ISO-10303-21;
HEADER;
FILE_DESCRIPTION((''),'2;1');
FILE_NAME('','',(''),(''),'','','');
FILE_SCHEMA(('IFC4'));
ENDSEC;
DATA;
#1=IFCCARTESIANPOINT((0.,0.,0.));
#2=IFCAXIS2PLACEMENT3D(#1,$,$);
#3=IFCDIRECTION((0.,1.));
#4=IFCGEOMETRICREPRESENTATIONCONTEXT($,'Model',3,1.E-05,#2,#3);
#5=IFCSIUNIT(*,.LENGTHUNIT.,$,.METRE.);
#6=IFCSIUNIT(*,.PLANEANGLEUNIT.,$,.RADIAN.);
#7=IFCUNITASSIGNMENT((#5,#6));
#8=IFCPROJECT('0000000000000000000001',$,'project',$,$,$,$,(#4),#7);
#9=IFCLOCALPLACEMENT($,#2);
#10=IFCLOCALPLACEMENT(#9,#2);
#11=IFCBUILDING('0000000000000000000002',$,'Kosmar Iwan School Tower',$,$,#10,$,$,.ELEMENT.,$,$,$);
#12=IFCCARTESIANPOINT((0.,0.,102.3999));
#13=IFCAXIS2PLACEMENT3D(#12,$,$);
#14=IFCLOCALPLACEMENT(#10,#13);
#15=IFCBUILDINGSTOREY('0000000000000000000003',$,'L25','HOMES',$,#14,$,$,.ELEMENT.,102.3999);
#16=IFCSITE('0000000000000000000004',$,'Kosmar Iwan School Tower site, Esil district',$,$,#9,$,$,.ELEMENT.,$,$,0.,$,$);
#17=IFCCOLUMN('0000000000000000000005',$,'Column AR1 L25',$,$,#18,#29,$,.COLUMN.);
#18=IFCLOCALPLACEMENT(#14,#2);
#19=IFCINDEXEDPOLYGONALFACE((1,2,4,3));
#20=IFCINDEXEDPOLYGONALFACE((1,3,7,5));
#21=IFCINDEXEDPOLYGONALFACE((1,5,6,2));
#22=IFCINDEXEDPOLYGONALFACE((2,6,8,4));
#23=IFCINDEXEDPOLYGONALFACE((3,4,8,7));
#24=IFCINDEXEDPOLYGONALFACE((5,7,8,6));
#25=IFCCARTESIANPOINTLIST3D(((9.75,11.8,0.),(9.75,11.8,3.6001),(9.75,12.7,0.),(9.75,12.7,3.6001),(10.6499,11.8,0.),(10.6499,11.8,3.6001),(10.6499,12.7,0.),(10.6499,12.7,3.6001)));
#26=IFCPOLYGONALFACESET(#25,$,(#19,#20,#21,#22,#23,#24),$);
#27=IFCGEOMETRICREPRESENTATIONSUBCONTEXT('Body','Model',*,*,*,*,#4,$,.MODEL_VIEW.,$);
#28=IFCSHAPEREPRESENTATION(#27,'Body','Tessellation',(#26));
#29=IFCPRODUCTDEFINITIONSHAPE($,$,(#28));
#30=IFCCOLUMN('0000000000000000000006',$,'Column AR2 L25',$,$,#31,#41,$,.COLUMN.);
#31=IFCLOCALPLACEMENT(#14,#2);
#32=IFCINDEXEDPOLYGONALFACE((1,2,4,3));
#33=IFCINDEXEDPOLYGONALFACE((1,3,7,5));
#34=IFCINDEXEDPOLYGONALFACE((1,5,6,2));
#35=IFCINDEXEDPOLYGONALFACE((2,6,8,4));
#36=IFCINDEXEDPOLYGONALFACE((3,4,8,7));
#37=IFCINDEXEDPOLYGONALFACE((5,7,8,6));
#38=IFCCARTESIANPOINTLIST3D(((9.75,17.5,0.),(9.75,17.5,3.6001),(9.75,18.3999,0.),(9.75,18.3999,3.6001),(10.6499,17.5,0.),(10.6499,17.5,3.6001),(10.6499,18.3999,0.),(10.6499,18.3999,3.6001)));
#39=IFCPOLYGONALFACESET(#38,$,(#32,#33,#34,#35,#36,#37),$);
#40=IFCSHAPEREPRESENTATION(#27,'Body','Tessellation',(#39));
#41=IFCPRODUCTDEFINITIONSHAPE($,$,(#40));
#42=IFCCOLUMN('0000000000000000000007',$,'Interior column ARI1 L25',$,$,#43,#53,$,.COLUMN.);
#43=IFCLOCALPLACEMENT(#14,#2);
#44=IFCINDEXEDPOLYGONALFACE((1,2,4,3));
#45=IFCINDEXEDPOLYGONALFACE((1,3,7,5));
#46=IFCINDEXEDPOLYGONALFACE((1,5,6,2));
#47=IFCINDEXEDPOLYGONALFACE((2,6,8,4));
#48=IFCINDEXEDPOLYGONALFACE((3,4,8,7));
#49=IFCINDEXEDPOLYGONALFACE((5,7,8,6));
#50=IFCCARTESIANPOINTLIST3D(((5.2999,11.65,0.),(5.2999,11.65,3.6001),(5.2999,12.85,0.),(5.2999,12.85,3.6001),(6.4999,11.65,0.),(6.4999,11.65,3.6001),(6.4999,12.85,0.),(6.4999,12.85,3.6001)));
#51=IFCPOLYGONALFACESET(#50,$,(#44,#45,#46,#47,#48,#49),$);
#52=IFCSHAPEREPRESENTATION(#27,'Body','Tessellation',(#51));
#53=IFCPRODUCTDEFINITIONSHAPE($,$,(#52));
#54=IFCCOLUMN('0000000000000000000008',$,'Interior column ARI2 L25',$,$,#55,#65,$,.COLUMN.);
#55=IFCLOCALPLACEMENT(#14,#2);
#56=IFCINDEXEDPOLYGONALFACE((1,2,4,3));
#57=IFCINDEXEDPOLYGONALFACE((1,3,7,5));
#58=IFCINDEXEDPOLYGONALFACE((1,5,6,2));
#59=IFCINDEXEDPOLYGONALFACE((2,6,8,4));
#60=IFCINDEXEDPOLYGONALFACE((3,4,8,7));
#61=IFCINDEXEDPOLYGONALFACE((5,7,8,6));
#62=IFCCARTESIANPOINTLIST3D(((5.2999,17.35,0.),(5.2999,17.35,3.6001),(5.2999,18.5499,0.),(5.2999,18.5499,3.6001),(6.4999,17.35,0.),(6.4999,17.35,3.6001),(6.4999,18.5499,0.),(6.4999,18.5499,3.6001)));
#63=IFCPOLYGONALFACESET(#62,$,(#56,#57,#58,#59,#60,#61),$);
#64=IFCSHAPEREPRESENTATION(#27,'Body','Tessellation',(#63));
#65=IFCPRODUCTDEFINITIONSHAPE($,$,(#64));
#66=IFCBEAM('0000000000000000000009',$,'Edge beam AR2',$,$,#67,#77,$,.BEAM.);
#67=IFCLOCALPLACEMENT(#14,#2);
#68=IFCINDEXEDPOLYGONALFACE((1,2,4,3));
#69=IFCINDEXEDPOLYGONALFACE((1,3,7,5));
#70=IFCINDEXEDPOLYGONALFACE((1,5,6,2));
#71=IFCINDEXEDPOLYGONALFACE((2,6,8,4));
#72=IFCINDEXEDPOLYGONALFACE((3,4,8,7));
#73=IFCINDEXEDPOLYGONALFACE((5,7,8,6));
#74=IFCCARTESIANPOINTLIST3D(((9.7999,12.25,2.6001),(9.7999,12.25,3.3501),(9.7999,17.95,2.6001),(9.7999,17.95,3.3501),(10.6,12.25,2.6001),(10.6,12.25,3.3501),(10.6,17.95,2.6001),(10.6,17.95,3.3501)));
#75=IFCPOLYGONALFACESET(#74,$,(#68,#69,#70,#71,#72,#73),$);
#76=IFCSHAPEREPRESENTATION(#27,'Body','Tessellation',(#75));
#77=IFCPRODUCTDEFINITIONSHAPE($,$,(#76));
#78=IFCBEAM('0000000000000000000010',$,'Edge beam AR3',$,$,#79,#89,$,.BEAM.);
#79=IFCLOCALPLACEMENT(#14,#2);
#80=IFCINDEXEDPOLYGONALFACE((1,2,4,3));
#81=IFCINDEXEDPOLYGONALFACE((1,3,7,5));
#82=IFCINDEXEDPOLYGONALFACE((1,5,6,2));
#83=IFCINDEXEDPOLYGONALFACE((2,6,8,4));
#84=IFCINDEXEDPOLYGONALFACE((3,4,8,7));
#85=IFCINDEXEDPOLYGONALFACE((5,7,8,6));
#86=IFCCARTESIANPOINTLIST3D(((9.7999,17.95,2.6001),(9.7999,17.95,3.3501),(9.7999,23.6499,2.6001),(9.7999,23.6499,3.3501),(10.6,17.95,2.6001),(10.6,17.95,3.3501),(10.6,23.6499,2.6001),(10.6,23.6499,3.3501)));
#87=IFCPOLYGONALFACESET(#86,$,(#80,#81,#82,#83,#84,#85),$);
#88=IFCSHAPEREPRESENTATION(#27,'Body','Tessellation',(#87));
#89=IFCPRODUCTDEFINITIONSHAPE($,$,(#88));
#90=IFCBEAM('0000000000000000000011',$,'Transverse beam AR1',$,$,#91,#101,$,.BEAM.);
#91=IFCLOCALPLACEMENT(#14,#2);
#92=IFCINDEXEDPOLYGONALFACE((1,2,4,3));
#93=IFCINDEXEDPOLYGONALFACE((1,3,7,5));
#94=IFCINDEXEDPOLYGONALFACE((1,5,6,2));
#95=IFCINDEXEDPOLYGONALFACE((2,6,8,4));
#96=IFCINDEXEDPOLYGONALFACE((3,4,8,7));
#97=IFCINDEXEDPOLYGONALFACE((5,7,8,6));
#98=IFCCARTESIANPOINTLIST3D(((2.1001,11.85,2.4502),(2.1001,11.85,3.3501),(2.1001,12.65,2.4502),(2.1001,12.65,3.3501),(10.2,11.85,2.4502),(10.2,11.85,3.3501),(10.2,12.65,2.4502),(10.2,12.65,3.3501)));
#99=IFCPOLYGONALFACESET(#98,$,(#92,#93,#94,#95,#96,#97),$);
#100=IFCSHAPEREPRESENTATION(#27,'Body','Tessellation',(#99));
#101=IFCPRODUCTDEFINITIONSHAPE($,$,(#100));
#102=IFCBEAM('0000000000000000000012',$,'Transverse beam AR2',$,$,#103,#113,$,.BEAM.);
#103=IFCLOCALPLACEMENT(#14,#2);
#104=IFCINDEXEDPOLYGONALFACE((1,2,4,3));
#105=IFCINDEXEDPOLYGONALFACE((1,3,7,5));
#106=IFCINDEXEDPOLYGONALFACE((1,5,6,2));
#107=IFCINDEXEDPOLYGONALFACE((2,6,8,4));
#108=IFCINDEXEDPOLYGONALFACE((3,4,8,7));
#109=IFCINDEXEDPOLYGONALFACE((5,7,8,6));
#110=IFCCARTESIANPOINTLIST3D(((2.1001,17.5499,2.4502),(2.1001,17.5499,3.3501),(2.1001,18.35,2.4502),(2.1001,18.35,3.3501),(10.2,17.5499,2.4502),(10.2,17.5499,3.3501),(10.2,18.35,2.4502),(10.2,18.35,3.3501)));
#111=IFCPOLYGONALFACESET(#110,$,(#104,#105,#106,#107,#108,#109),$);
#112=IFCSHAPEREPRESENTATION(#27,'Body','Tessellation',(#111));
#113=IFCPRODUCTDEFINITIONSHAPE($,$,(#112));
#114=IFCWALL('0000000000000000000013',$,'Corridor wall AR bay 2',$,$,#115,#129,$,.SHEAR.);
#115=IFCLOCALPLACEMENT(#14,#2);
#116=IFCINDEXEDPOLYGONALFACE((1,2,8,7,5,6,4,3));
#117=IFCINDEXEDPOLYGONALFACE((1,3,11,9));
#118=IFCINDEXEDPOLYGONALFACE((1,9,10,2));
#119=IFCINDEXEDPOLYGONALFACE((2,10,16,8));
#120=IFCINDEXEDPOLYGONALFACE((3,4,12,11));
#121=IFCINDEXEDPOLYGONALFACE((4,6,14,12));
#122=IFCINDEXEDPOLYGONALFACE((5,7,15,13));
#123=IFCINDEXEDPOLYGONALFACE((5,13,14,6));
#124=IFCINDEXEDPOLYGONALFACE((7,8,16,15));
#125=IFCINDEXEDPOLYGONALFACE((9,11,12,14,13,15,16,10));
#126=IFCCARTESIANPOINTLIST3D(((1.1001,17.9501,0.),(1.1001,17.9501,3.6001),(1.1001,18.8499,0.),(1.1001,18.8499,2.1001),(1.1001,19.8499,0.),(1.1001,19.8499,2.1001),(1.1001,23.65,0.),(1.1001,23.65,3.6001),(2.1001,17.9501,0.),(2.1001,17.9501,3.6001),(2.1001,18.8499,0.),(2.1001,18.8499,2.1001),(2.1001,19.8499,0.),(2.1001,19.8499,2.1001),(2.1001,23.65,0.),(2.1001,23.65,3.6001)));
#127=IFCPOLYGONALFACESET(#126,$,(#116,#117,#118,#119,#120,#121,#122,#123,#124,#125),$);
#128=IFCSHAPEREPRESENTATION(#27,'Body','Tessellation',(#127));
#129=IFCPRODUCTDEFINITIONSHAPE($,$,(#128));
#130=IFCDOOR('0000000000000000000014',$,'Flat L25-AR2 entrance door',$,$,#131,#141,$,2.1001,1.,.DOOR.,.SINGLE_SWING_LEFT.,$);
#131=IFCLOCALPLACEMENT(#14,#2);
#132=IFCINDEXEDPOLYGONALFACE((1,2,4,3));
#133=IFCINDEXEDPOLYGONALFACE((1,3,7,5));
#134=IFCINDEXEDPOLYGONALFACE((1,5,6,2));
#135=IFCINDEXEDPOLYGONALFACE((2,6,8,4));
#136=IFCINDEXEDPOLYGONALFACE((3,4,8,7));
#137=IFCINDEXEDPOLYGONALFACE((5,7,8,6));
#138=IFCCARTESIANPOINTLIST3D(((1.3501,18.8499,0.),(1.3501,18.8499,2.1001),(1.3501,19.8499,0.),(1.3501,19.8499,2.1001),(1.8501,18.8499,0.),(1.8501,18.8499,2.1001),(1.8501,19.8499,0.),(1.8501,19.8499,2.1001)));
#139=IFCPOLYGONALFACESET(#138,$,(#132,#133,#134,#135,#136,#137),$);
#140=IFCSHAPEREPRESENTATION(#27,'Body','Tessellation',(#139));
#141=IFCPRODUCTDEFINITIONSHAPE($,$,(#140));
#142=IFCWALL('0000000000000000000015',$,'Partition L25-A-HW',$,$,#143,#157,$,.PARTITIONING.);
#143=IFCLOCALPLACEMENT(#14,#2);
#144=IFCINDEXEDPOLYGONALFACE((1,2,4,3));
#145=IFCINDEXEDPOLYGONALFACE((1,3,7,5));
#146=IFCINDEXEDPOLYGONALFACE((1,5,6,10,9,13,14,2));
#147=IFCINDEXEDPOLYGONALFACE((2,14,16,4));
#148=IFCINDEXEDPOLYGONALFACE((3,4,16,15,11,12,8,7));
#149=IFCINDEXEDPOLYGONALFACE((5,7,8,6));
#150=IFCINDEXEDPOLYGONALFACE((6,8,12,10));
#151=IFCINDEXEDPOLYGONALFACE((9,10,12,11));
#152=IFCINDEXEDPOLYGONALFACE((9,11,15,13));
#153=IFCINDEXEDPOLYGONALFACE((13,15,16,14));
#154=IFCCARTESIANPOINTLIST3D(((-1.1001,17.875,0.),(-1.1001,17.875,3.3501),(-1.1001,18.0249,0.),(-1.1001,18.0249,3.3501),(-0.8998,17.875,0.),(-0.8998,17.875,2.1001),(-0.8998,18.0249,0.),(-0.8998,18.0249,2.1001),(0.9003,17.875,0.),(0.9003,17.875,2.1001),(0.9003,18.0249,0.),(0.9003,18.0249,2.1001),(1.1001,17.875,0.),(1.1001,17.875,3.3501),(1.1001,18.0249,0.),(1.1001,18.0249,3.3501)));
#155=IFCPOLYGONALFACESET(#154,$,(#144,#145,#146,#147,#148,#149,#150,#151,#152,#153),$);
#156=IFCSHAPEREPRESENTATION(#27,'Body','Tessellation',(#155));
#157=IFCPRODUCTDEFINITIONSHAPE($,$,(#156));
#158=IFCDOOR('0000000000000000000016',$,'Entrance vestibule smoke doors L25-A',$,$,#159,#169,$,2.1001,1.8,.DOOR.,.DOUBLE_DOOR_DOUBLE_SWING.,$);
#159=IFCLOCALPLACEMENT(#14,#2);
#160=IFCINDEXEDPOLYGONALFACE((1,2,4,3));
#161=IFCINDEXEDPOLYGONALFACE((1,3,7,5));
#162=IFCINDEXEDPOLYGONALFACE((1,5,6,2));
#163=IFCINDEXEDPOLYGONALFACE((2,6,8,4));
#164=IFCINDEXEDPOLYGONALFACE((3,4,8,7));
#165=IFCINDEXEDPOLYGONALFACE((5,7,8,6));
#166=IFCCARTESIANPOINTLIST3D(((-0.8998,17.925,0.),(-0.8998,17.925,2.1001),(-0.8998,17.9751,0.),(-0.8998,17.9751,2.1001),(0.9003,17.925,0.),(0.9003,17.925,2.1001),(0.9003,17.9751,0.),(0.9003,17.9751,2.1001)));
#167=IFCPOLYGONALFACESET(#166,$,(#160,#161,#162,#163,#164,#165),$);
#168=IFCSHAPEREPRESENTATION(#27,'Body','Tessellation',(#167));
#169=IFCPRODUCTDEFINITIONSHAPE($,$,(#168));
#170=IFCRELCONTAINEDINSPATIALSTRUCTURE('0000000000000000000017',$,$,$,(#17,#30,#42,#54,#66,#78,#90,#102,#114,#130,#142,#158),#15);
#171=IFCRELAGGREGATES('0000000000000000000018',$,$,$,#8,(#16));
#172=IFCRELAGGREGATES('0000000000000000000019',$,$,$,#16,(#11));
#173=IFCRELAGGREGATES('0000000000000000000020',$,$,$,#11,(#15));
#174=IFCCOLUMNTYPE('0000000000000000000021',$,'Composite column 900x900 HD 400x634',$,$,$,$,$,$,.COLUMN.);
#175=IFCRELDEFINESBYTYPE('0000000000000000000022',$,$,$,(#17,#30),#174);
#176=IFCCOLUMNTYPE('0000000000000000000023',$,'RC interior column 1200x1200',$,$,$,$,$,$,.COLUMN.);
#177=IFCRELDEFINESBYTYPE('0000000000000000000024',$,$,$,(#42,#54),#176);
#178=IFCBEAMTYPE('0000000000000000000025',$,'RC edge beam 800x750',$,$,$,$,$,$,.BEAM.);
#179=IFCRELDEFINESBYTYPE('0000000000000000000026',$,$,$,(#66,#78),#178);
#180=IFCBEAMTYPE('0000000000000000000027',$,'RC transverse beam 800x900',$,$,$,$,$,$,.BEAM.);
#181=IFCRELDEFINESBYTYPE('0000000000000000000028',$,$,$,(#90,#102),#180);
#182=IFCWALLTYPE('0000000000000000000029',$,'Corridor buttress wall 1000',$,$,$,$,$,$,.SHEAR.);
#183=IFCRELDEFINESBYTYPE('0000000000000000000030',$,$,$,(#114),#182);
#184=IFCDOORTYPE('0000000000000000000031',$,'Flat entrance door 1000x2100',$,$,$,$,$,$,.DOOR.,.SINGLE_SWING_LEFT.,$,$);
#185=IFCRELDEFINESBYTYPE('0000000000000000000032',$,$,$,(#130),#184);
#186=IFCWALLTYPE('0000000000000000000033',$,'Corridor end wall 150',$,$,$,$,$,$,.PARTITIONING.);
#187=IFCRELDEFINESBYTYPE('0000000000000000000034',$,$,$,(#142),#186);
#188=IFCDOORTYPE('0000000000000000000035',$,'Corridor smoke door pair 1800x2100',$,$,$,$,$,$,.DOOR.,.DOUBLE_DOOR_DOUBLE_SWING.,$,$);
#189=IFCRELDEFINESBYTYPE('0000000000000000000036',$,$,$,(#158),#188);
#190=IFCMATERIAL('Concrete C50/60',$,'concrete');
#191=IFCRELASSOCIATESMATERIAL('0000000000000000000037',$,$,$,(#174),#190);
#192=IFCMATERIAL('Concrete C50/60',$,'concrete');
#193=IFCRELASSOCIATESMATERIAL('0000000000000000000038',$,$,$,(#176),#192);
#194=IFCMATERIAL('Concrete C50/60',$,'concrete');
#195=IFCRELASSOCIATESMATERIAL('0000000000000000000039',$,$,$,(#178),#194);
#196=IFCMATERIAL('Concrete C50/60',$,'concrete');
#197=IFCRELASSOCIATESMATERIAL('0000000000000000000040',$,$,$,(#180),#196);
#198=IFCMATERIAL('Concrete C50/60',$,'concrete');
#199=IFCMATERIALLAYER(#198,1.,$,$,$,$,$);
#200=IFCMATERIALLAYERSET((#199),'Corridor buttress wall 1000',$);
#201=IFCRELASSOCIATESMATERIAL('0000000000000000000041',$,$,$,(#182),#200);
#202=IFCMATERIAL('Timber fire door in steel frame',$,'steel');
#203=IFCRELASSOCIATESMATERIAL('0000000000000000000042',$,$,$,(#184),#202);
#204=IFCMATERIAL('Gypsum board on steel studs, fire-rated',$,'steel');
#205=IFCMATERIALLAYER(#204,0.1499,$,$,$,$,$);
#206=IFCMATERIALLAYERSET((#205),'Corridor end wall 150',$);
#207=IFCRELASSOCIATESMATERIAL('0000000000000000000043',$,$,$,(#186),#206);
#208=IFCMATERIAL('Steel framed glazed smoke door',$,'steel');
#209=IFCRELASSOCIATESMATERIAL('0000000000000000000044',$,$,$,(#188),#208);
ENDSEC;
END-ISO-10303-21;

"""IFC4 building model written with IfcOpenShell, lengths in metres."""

from ifc_helpers import new_model, si_unit, direction, frame, frame_2d, origin, origin_2d, place, context, subcontext, project, spatial, rectangle, extrude, material, layer, layer_set, material_profile, profile_set, type_object, element, fill, save


model = new_model("IFC4")

# Units and contexts
model_context = context("Model", 3, precision=1e-05, world=origin(), true_north=direction((0.0, 1.0)))
body_context = subcontext(model_context, "Body", "Model", "MODEL_VIEW")
ifc_project = project(units=[si_unit("LENGTHUNIT", "METRE"), si_unit("PLANEANGLEUNIT", "RADIAN")], contexts=[model_context])

# Site, building, storey
site_placement = place(None, origin())
site = spatial("IfcSite", under=ifc_project, at=site_placement, Name="Kosmar Iwan School Tower site, Esil district", CompositionType="ELEMENT", RefElevation=0.0)
building_placement = place(site_placement, origin())
building = spatial("IfcBuilding", under=site, at=building_placement, Name="Kosmar Iwan School Tower", CompositionType="ELEMENT")
storey_placement = place(building_placement, frame((0.0, 0.0, 102.3999)))
storey = spatial("IfcBuildingStorey", under=building, at=storey_placement, Name="L25", Description="HOMES", CompositionType="ELEMENT", Elevation=102.3999)

# Columns
ifc_material_1 = material(Name="Concrete C50/60", Category="concrete")
ifc_material_profile_1 = material_profile(ifc_material_1, rectangle(XDim=0.8999, YDim=0.8999, at=origin_2d()), Name="RC 900x900 + HD 400x634")
ifc_profile_set_1 = profile_set([ifc_material_profile_1], Name="Concrete C50/60")
column_type_1 = type_object("IfcColumnType", Name="Composite column 900x900 HD 400x634", PredefinedType="COLUMN", material=ifc_profile_set_1)
for number, where, z_axis, x_axis, name in (
    (1, (10.2, 12.25, 0.0), (0.0, 0.0, 1.0), (0.0, 1.0, 0.0), "Column AR1 L25"),
    (2, (10.2, 17.95, 0.0), (0.0, 0.0, 1.0), (0.0, 1.0, 0.0), "Column AR2 L25"),
):
    element("IfcColumn", number, at=place(storey_placement, frame(where, z_axis=z_axis, x_axis=x_axis)), inside=storey, type_object=column_type_1, Name=name, PredefinedType="COLUMN", context=body_context, shape_type="SweptSolid", body=[
        extrude(rectangle(XDim=0.8999, YDim=0.8999, at=origin_2d()), origin(), (0.0, 0.0, 1.0), 3.6001),
    ])
ifc_material_2 = material(Name="Concrete C50/60", Category="concrete")
ifc_material_profile_2 = material_profile(ifc_material_2, rectangle(XDim=1.2, YDim=1.2, at=origin_2d()), Name="RC 1200x1200")
ifc_profile_set_2 = profile_set([ifc_material_profile_2], Name="Concrete C50/60")
column_type_2 = type_object("IfcColumnType", Name="RC interior column 1200x1200", PredefinedType="COLUMN", material=ifc_profile_set_2)
for number, where, z_axis, x_axis, name in (
    (3, (5.8999, 12.25, 0.0), (0.0, 0.0, 1.0), (0.0, 1.0, 0.0), "Interior column ARI1 L25"),
    (4, (5.8999, 17.95, 0.0), (0.0, 0.0, 1.0), (0.0, 1.0, 0.0), "Interior column ARI2 L25"),
):
    element("IfcColumn", number, at=place(storey_placement, frame(where, z_axis=z_axis, x_axis=x_axis)), inside=storey, type_object=column_type_2, Name=name, PredefinedType="COLUMN", context=body_context, shape_type="SweptSolid", body=[
        extrude(rectangle(XDim=1.2, YDim=1.2, at=origin_2d()), origin(), (0.0, 0.0, 1.0), 3.6001),
    ])

# Beams
ifc_material_3 = material(Name="Concrete C50/60", Category="concrete")
ifc_material_profile_3 = material_profile(ifc_material_3, rectangle(XDim=0.8, YDim=0.75, at=origin_2d()), Name="RC 800x750")
ifc_profile_set_3 = profile_set([ifc_material_profile_3], Name="Concrete C50/60")
beam_type_1 = type_object("IfcBeamType", Name="RC edge beam 800x750", PredefinedType="BEAM", material=ifc_profile_set_3)
for number, where, z_axis, x_axis, name in (
    (5, (10.2, 12.25, 2.9751), (0.0, 1.0, 0.0), (-1.0, 0.0, 0.0), "Edge beam AR2"),
    (6, (10.2, 17.95, 2.9751), (0.0, 1.0, 0.0), (-1.0, 0.0, 0.0), "Edge beam AR3"),
):
    element("IfcBeam", number, at=place(storey_placement, frame(where, z_axis=z_axis, x_axis=x_axis)), inside=storey, type_object=beam_type_1, Name=name, PredefinedType="BEAM", context=body_context, shape_type="SweptSolid", body=[
        extrude(rectangle(XDim=0.8, YDim=0.75, at=origin_2d()), origin(), (0.0, 0.0, 1.0), 5.7),
    ])
ifc_material_4 = material(Name="Concrete C50/60", Category="concrete")
ifc_material_profile_4 = material_profile(ifc_material_4, rectangle(XDim=0.8, YDim=0.8999, at=origin_2d()), Name="RC 800x900")
ifc_profile_set_4 = profile_set([ifc_material_profile_4], Name="Concrete C50/60")
beam_type_2 = type_object("IfcBeamType", Name="RC transverse beam 800x900", PredefinedType="BEAM", material=ifc_profile_set_4)
for number, where, z_axis, x_axis, name in (
    (7, (10.2, 12.25, 2.9001), (-1.0, 0.0, 0.0), (0.0, -1.0, 0.0), "Transverse beam AR1"),
    (8, (10.2, 17.95, 2.9001), (-1.0, 0.0, 0.0), (0.0, -1.0, 0.0), "Transverse beam AR2"),
):
    element("IfcBeam", number, at=place(storey_placement, frame(where, z_axis=z_axis, x_axis=x_axis)), inside=storey, type_object=beam_type_2, Name=name, PredefinedType="BEAM", context=body_context, shape_type="SweptSolid", body=[
        extrude(rectangle(XDim=0.8, YDim=0.8999, at=origin_2d()), origin(), (0.0, 0.0, 1.0), 8.0999),
    ])

# Walls, openings, doors
ifc_material_5 = material(Name="Concrete C50/60", Category="concrete")
ifc_layer_1 = layer(ifc_material_5, 1.0)
ifc_layer_set_1 = layer_set([ifc_layer_1], Name="Corridor buttress wall 1000")
wall_type_1 = type_object("IfcWallType", Name="Corridor buttress wall 1000", PredefinedType="SHEAR", material=ifc_layer_set_1)
wall_1_placement = place(storey_placement, frame((1.6001, 17.95, 0.0), z_axis=(0.0, 0.0, 1.0), x_axis=(0.0, 1.0, 0.0)))
wall_1 = element("IfcWall", 9, at=wall_1_placement, inside=storey, type_object=wall_type_1, Name="Corridor wall AR bay 2", PredefinedType="SHEAR", context=body_context, shape_type="SweptSolid", body=[
    extrude(rectangle(XDim=5.7, YDim=1.0, at=frame_2d((2.8501, 0.0))), origin(), (0.0, 0.0, 1.0), 3.6001),
])
opening_1_placement = place(wall_1_placement, frame((0.8999, 0.0, 0.0)))
opening_1 = element("IfcOpeningElement", 10, at=opening_1_placement, cuts=wall_1, PredefinedType="OPENING", context=body_context, shape_type="SweptSolid", body=[
    extrude(rectangle(XDim=1.0, YDim=2.1001, at=frame_2d((0.5, 1.05))), frame((0.0, 0.512, 0.0), z_axis=(0.0, -1.0, 0.0), x_axis=(1.0, 0.0, 0.0)), (0.0, 0.0, 1.0), 1.0239),
])
ifc_material_6 = material(Name="Timber fire door in steel frame", Category="steel")
door_type_1 = type_object("IfcDoorType", Name="Flat entrance door 1000x2100", OperationType="SINGLE_SWING_LEFT", PredefinedType="DOOR", material=ifc_material_6)
door_1_placement = place(opening_1_placement, origin())
door_1 = element("IfcDoor", 11, at=door_1_placement, inside=storey, type_object=door_type_1, Name="Flat L25-AR2 entrance door", OperationType="SINGLE_SWING_LEFT", OverallHeight=2.1001, OverallWidth=1.0, PredefinedType="DOOR", context=body_context, shape_type="SweptSolid", body=[
    extrude(rectangle(XDim=1.0, YDim=2.1001, at=frame_2d((0.5, 1.05))), frame((0.0, 0.25, 0.0), z_axis=(0.0, -1.0, 0.0), x_axis=(1.0, 0.0, 0.0)), (0.0, 0.0, 1.0), 0.5),
])
fill(opening_1, door_1)
ifc_material_7 = material(Name="Gypsum board on steel studs, fire-rated", Category="steel")
ifc_layer_2 = layer(ifc_material_7, 0.1499)
ifc_layer_set_2 = layer_set([ifc_layer_2], Name="Corridor end wall 150")
wall_type_2 = type_object("IfcWallType", Name="Corridor end wall 150", PredefinedType="PARTITIONING", material=ifc_layer_set_2)
wall_2_placement = place(storey_placement, frame((1.1001, 17.95, 0.0), z_axis=(0.0, 0.0, 1.0), x_axis=(-1.0, 0.0, 0.0)))
wall_2 = element("IfcWall", 12, at=wall_2_placement, inside=storey, type_object=wall_type_2, Name="Partition L25-A-HW", PredefinedType="PARTITIONING", context=body_context, shape_type="SweptSolid", body=[
    extrude(rectangle(XDim=2.2002, YDim=0.1499, at=frame_2d((1.1001, 0.0))), origin(), (0.0, 0.0, 1.0), 3.3501),
])
opening_2_placement = place(wall_2_placement, frame((0.2, 0.0, 0.0)))
opening_2 = element("IfcOpeningElement", 13, at=opening_2_placement, cuts=wall_2, PredefinedType="OPENING", context=body_context, shape_type="SweptSolid", body=[
    extrude(rectangle(XDim=1.8, YDim=2.1001, at=frame_2d((0.8999, 1.05))), frame((0.0, 0.0869, 0.0), z_axis=(0.0, -1.0, 0.0), x_axis=(1.0, 0.0, 0.0)), (0.0, 0.0, 1.0), 0.1738),
])
ifc_material_8 = material(Name="Steel framed glazed smoke door", Category="steel")
door_type_2 = type_object("IfcDoorType", Name="Corridor smoke door pair 1800x2100", OperationType="DOUBLE_DOOR_DOUBLE_SWING", PredefinedType="DOOR", material=ifc_material_8)
door_2_placement = place(opening_2_placement, origin())
door_2 = element("IfcDoor", 14, at=door_2_placement, inside=storey, type_object=door_type_2, Name="Entrance vestibule smoke doors L25-A", OperationType="DOUBLE_DOOR_DOUBLE_SWING", OverallHeight=2.1001, OverallWidth=1.8, PredefinedType="DOOR", context=body_context, shape_type="SweptSolid", body=[
    extrude(rectangle(XDim=1.8, YDim=2.1001, at=frame_2d((0.8999, 1.05))), frame((0.0, 0.0249, 0.0), z_axis=(0.0, -1.0, 0.0), x_axis=(1.0, 0.0, 0.0)), (0.0, 0.0, 1.0), 0.05),
])
fill(opening_2, door_2)

save(model, "model.ifc")
